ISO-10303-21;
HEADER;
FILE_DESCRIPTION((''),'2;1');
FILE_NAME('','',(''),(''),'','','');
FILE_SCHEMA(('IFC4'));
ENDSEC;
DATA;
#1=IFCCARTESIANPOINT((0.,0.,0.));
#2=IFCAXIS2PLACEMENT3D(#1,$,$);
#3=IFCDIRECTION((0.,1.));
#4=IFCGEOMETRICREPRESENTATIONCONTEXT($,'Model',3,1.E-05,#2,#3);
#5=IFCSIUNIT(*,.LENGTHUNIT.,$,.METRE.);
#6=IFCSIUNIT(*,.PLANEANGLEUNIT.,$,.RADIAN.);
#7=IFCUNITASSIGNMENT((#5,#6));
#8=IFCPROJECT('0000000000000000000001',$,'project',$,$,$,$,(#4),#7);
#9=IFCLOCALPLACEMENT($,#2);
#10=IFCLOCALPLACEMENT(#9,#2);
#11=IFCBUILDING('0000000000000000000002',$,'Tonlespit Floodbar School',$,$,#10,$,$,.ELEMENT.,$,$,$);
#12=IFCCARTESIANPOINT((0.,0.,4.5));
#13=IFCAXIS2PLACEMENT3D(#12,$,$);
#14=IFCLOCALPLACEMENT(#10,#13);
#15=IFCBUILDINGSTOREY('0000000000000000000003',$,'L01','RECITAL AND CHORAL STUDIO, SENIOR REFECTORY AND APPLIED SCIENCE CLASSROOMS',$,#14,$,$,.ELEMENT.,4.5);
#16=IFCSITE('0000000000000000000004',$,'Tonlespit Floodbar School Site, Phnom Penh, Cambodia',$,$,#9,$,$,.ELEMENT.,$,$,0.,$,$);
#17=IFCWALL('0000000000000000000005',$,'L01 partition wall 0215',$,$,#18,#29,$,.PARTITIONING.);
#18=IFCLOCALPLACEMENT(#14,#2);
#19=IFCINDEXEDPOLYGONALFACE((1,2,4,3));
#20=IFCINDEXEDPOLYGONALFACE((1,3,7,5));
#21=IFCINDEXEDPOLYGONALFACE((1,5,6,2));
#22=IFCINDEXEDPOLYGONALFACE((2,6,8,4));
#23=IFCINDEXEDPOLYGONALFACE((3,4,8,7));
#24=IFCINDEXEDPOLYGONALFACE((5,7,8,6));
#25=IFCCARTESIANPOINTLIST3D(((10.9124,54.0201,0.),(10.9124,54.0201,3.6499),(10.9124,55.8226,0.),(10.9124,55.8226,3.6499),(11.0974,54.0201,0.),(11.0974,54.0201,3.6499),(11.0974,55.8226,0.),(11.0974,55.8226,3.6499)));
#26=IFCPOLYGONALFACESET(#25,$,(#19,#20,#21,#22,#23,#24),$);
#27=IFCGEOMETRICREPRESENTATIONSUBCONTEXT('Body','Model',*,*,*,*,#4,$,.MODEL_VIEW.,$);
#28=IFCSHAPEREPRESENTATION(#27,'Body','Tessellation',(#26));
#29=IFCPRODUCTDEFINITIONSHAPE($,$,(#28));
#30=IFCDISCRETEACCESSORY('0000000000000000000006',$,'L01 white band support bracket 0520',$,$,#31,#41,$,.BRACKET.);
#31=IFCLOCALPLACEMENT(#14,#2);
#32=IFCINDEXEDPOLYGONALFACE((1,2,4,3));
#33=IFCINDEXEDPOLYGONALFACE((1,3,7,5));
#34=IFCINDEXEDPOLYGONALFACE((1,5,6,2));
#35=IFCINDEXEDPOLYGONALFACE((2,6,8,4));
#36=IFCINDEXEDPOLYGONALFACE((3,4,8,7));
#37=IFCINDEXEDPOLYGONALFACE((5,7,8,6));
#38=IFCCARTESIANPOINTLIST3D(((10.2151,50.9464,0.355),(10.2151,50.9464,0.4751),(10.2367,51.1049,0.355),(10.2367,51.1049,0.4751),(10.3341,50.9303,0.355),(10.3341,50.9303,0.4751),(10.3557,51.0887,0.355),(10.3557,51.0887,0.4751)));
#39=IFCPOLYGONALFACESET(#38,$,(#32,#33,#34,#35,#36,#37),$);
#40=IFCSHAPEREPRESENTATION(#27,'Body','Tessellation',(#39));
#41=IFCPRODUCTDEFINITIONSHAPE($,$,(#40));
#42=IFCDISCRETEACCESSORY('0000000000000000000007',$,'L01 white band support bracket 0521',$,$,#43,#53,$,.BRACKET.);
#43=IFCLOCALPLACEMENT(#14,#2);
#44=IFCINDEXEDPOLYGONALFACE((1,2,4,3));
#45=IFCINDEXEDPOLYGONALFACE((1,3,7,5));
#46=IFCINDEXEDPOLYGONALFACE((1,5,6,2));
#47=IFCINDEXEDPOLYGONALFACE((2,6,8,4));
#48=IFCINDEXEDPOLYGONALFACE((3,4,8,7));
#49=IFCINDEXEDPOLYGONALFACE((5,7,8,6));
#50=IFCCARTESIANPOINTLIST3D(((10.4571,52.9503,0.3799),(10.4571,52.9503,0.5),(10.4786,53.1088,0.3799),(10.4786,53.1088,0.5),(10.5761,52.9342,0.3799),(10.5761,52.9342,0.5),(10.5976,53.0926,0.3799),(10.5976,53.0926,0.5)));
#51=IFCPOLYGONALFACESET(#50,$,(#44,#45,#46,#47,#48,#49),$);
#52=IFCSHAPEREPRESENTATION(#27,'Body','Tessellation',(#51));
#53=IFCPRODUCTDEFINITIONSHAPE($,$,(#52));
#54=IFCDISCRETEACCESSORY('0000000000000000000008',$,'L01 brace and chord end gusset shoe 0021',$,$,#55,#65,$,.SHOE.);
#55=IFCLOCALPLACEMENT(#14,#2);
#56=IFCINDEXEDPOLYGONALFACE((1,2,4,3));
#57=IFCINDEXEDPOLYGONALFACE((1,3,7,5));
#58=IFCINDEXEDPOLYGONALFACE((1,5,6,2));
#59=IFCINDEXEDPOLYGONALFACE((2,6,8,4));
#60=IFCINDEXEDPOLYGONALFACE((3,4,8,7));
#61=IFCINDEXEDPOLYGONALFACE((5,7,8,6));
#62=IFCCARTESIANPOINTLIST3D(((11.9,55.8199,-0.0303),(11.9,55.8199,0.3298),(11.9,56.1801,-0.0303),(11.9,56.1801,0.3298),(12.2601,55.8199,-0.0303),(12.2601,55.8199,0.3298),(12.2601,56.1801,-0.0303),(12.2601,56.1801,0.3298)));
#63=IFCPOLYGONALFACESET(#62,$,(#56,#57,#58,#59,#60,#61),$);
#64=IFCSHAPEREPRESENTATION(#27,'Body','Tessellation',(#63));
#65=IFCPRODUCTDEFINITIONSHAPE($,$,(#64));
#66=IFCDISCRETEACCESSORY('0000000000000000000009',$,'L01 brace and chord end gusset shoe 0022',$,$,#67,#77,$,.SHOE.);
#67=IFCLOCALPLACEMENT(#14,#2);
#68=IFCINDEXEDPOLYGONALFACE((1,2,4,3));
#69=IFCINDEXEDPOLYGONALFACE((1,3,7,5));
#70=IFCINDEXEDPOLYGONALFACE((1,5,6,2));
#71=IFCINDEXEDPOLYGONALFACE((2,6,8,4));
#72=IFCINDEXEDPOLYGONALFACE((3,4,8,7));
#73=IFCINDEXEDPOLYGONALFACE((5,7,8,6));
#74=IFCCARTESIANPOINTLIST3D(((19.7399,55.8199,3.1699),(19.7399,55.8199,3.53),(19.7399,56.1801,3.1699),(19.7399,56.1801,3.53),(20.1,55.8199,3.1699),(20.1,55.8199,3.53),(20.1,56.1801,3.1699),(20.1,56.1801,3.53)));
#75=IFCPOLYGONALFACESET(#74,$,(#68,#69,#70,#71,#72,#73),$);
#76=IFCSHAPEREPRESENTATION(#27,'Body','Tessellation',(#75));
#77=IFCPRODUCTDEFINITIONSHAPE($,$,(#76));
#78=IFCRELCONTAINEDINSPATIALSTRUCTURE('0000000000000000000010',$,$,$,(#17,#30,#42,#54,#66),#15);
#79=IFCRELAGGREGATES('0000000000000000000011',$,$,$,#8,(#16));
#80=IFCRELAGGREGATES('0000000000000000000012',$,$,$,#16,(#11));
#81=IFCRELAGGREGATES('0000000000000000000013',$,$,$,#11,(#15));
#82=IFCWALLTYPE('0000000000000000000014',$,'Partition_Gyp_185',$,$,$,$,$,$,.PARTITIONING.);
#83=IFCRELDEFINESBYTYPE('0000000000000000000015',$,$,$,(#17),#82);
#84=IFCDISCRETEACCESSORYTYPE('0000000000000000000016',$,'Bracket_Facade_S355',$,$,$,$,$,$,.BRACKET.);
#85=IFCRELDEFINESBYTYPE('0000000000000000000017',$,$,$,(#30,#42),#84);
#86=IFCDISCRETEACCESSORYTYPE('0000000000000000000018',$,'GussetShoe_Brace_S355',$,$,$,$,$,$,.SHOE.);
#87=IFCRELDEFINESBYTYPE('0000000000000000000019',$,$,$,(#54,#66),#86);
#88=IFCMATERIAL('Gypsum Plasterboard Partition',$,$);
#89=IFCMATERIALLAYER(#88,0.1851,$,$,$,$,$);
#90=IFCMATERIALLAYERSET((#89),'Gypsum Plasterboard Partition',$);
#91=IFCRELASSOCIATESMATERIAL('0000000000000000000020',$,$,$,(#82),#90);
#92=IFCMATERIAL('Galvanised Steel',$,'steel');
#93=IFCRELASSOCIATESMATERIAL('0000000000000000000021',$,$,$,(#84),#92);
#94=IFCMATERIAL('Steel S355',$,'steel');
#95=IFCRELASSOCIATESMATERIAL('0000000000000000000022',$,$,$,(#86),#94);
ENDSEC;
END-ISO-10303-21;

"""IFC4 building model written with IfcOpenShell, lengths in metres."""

from ifc_helpers import new_model, si_unit, direction, frame, frame_2d, origin, origin_2d, place, context, subcontext, project, spatial, rectangle, extrude, material, layer, layer_set, type_object, element, save


model = new_model("IFC4")

# Units and contexts
model_context = context("Model", 3, precision=1e-05, world=origin(), true_north=direction((0.0, 1.0)))
body_context = subcontext(model_context, "Body", "Model", "MODEL_VIEW")
ifc_project = project(units=[si_unit("LENGTHUNIT", "METRE"), si_unit("PLANEANGLEUNIT", "RADIAN")], contexts=[model_context])

# Site, building, storey
site_placement = place(None, origin())
site = spatial("IfcSite", under=ifc_project, at=site_placement, Name="Tonlespit Floodbar School Site, Phnom Penh, Cambodia", CompositionType="ELEMENT", RefElevation=0.0)
building_placement = place(site_placement, origin())
building = spatial("IfcBuilding", under=site, at=building_placement, Name="Tonlespit Floodbar School", CompositionType="ELEMENT")
storey_placement = place(building_placement, frame((0.0, 0.0, 4.5)))
storey = spatial("IfcBuildingStorey", under=building, at=storey_placement, Name="L01", Description="RECITAL AND CHORAL STUDIO, SENIOR REFECTORY AND APPLIED SCIENCE CLASSROOMS", CompositionType="ELEMENT", Elevation=4.5)

# Shared definitions
ifc_material_1 = material(Name="Steel S355", Category="steel")

# Shared definitions
ifc_material_2 = material(Name="Gypsum Plasterboard Partition")

# Wall
ifc_layer_1 = layer(ifc_material_2, 0.1851)
ifc_layer_set_1 = layer_set([ifc_layer_1], Name="Gypsum Plasterboard Partition")
wall_type_1 = type_object("IfcWallType", Name="Partition_Gyp_185", PredefinedType="PARTITIONING", material=ifc_layer_set_1)
wall_1_placement = place(storey_placement, frame((11.0049, 54.02, 0.0), z_axis=(0.0, 0.0, 1.0), x_axis=(0.0, 1.0, 0.0)))
element("IfcWall", 1, at=wall_1_placement, inside=storey, type_object=wall_type_1, Name="L01 partition wall 0215", PredefinedType="PARTITIONING", context=body_context, shape_type="SweptSolid", body=[
    extrude(rectangle(XDim=1.8025, YDim=0.1851, at=frame_2d((0.9014, 0.0))), origin(), (0.0, 0.0, 1.0), 3.6499),
])

# Discrete accessories
ifc_material_3 = material(Name="Galvanised Steel", Category="steel")
discrete_accessory_type_1 = type_object("IfcDiscreteAccessoryType", Name="Bracket_Facade_S355", PredefinedType="BRACKET", material=ifc_material_3)
for number, where, z_axis, x_axis, name in (
    (2, (10.2854, 51.0176, 0.355), (0.0, 0.0, 1.0), (0.134662, 0.990892, 0.0), "L01 white band support bracket 0520"),
    (3, (10.5273, 53.0215, 0.3799), (0.0, 0.0, 1.0), (0.134662, 0.990892, 0.0), "L01 white band support bracket 0521"),
):
    element("IfcDiscreteAccessory", number, at=place(storey_placement, frame(where, z_axis=z_axis, x_axis=x_axis)), inside=storey, type_object=discrete_accessory_type_1, Name=name, PredefinedType="BRACKET", context=body_context, shape_type="SweptSolid", body=[
        extrude(rectangle(XDim=0.1599, YDim=0.1201, at=origin_2d()), origin(), (0.0, 0.0, 1.0), 0.1201),
    ])
discrete_accessory_type_2 = type_object("IfcDiscreteAccessoryType", Name="GussetShoe_Brace_S355", PredefinedType="SHOE", material=ifc_material_1)
for number, where, z_axis, x_axis, name in (
    (4, (12.0801, 56.0, -0.0303), (0.0, 0.0, 1.0), (1.0, 0.0, 0.0), "L01 brace and chord end gusset shoe 0021"),
    (5, (19.9199, 56.0, 3.1699), (0.0, 0.0, 1.0), (1.0, 0.0, 0.0), "L01 brace and chord end gusset shoe 0022"),
):
    element("IfcDiscreteAccessory", number, at=place(storey_placement, frame(where, z_axis=z_axis, x_axis=x_axis)), inside=storey, type_object=discrete_accessory_type_2, Name=name, PredefinedType="SHOE", context=body_context, shape_type="SweptSolid", body=[
        extrude(rectangle(XDim=0.3601, YDim=0.3601, at=origin_2d()), origin(), (0.0, 0.0, 1.0), 0.3601),
    ])

save(model, "model.ifc")
